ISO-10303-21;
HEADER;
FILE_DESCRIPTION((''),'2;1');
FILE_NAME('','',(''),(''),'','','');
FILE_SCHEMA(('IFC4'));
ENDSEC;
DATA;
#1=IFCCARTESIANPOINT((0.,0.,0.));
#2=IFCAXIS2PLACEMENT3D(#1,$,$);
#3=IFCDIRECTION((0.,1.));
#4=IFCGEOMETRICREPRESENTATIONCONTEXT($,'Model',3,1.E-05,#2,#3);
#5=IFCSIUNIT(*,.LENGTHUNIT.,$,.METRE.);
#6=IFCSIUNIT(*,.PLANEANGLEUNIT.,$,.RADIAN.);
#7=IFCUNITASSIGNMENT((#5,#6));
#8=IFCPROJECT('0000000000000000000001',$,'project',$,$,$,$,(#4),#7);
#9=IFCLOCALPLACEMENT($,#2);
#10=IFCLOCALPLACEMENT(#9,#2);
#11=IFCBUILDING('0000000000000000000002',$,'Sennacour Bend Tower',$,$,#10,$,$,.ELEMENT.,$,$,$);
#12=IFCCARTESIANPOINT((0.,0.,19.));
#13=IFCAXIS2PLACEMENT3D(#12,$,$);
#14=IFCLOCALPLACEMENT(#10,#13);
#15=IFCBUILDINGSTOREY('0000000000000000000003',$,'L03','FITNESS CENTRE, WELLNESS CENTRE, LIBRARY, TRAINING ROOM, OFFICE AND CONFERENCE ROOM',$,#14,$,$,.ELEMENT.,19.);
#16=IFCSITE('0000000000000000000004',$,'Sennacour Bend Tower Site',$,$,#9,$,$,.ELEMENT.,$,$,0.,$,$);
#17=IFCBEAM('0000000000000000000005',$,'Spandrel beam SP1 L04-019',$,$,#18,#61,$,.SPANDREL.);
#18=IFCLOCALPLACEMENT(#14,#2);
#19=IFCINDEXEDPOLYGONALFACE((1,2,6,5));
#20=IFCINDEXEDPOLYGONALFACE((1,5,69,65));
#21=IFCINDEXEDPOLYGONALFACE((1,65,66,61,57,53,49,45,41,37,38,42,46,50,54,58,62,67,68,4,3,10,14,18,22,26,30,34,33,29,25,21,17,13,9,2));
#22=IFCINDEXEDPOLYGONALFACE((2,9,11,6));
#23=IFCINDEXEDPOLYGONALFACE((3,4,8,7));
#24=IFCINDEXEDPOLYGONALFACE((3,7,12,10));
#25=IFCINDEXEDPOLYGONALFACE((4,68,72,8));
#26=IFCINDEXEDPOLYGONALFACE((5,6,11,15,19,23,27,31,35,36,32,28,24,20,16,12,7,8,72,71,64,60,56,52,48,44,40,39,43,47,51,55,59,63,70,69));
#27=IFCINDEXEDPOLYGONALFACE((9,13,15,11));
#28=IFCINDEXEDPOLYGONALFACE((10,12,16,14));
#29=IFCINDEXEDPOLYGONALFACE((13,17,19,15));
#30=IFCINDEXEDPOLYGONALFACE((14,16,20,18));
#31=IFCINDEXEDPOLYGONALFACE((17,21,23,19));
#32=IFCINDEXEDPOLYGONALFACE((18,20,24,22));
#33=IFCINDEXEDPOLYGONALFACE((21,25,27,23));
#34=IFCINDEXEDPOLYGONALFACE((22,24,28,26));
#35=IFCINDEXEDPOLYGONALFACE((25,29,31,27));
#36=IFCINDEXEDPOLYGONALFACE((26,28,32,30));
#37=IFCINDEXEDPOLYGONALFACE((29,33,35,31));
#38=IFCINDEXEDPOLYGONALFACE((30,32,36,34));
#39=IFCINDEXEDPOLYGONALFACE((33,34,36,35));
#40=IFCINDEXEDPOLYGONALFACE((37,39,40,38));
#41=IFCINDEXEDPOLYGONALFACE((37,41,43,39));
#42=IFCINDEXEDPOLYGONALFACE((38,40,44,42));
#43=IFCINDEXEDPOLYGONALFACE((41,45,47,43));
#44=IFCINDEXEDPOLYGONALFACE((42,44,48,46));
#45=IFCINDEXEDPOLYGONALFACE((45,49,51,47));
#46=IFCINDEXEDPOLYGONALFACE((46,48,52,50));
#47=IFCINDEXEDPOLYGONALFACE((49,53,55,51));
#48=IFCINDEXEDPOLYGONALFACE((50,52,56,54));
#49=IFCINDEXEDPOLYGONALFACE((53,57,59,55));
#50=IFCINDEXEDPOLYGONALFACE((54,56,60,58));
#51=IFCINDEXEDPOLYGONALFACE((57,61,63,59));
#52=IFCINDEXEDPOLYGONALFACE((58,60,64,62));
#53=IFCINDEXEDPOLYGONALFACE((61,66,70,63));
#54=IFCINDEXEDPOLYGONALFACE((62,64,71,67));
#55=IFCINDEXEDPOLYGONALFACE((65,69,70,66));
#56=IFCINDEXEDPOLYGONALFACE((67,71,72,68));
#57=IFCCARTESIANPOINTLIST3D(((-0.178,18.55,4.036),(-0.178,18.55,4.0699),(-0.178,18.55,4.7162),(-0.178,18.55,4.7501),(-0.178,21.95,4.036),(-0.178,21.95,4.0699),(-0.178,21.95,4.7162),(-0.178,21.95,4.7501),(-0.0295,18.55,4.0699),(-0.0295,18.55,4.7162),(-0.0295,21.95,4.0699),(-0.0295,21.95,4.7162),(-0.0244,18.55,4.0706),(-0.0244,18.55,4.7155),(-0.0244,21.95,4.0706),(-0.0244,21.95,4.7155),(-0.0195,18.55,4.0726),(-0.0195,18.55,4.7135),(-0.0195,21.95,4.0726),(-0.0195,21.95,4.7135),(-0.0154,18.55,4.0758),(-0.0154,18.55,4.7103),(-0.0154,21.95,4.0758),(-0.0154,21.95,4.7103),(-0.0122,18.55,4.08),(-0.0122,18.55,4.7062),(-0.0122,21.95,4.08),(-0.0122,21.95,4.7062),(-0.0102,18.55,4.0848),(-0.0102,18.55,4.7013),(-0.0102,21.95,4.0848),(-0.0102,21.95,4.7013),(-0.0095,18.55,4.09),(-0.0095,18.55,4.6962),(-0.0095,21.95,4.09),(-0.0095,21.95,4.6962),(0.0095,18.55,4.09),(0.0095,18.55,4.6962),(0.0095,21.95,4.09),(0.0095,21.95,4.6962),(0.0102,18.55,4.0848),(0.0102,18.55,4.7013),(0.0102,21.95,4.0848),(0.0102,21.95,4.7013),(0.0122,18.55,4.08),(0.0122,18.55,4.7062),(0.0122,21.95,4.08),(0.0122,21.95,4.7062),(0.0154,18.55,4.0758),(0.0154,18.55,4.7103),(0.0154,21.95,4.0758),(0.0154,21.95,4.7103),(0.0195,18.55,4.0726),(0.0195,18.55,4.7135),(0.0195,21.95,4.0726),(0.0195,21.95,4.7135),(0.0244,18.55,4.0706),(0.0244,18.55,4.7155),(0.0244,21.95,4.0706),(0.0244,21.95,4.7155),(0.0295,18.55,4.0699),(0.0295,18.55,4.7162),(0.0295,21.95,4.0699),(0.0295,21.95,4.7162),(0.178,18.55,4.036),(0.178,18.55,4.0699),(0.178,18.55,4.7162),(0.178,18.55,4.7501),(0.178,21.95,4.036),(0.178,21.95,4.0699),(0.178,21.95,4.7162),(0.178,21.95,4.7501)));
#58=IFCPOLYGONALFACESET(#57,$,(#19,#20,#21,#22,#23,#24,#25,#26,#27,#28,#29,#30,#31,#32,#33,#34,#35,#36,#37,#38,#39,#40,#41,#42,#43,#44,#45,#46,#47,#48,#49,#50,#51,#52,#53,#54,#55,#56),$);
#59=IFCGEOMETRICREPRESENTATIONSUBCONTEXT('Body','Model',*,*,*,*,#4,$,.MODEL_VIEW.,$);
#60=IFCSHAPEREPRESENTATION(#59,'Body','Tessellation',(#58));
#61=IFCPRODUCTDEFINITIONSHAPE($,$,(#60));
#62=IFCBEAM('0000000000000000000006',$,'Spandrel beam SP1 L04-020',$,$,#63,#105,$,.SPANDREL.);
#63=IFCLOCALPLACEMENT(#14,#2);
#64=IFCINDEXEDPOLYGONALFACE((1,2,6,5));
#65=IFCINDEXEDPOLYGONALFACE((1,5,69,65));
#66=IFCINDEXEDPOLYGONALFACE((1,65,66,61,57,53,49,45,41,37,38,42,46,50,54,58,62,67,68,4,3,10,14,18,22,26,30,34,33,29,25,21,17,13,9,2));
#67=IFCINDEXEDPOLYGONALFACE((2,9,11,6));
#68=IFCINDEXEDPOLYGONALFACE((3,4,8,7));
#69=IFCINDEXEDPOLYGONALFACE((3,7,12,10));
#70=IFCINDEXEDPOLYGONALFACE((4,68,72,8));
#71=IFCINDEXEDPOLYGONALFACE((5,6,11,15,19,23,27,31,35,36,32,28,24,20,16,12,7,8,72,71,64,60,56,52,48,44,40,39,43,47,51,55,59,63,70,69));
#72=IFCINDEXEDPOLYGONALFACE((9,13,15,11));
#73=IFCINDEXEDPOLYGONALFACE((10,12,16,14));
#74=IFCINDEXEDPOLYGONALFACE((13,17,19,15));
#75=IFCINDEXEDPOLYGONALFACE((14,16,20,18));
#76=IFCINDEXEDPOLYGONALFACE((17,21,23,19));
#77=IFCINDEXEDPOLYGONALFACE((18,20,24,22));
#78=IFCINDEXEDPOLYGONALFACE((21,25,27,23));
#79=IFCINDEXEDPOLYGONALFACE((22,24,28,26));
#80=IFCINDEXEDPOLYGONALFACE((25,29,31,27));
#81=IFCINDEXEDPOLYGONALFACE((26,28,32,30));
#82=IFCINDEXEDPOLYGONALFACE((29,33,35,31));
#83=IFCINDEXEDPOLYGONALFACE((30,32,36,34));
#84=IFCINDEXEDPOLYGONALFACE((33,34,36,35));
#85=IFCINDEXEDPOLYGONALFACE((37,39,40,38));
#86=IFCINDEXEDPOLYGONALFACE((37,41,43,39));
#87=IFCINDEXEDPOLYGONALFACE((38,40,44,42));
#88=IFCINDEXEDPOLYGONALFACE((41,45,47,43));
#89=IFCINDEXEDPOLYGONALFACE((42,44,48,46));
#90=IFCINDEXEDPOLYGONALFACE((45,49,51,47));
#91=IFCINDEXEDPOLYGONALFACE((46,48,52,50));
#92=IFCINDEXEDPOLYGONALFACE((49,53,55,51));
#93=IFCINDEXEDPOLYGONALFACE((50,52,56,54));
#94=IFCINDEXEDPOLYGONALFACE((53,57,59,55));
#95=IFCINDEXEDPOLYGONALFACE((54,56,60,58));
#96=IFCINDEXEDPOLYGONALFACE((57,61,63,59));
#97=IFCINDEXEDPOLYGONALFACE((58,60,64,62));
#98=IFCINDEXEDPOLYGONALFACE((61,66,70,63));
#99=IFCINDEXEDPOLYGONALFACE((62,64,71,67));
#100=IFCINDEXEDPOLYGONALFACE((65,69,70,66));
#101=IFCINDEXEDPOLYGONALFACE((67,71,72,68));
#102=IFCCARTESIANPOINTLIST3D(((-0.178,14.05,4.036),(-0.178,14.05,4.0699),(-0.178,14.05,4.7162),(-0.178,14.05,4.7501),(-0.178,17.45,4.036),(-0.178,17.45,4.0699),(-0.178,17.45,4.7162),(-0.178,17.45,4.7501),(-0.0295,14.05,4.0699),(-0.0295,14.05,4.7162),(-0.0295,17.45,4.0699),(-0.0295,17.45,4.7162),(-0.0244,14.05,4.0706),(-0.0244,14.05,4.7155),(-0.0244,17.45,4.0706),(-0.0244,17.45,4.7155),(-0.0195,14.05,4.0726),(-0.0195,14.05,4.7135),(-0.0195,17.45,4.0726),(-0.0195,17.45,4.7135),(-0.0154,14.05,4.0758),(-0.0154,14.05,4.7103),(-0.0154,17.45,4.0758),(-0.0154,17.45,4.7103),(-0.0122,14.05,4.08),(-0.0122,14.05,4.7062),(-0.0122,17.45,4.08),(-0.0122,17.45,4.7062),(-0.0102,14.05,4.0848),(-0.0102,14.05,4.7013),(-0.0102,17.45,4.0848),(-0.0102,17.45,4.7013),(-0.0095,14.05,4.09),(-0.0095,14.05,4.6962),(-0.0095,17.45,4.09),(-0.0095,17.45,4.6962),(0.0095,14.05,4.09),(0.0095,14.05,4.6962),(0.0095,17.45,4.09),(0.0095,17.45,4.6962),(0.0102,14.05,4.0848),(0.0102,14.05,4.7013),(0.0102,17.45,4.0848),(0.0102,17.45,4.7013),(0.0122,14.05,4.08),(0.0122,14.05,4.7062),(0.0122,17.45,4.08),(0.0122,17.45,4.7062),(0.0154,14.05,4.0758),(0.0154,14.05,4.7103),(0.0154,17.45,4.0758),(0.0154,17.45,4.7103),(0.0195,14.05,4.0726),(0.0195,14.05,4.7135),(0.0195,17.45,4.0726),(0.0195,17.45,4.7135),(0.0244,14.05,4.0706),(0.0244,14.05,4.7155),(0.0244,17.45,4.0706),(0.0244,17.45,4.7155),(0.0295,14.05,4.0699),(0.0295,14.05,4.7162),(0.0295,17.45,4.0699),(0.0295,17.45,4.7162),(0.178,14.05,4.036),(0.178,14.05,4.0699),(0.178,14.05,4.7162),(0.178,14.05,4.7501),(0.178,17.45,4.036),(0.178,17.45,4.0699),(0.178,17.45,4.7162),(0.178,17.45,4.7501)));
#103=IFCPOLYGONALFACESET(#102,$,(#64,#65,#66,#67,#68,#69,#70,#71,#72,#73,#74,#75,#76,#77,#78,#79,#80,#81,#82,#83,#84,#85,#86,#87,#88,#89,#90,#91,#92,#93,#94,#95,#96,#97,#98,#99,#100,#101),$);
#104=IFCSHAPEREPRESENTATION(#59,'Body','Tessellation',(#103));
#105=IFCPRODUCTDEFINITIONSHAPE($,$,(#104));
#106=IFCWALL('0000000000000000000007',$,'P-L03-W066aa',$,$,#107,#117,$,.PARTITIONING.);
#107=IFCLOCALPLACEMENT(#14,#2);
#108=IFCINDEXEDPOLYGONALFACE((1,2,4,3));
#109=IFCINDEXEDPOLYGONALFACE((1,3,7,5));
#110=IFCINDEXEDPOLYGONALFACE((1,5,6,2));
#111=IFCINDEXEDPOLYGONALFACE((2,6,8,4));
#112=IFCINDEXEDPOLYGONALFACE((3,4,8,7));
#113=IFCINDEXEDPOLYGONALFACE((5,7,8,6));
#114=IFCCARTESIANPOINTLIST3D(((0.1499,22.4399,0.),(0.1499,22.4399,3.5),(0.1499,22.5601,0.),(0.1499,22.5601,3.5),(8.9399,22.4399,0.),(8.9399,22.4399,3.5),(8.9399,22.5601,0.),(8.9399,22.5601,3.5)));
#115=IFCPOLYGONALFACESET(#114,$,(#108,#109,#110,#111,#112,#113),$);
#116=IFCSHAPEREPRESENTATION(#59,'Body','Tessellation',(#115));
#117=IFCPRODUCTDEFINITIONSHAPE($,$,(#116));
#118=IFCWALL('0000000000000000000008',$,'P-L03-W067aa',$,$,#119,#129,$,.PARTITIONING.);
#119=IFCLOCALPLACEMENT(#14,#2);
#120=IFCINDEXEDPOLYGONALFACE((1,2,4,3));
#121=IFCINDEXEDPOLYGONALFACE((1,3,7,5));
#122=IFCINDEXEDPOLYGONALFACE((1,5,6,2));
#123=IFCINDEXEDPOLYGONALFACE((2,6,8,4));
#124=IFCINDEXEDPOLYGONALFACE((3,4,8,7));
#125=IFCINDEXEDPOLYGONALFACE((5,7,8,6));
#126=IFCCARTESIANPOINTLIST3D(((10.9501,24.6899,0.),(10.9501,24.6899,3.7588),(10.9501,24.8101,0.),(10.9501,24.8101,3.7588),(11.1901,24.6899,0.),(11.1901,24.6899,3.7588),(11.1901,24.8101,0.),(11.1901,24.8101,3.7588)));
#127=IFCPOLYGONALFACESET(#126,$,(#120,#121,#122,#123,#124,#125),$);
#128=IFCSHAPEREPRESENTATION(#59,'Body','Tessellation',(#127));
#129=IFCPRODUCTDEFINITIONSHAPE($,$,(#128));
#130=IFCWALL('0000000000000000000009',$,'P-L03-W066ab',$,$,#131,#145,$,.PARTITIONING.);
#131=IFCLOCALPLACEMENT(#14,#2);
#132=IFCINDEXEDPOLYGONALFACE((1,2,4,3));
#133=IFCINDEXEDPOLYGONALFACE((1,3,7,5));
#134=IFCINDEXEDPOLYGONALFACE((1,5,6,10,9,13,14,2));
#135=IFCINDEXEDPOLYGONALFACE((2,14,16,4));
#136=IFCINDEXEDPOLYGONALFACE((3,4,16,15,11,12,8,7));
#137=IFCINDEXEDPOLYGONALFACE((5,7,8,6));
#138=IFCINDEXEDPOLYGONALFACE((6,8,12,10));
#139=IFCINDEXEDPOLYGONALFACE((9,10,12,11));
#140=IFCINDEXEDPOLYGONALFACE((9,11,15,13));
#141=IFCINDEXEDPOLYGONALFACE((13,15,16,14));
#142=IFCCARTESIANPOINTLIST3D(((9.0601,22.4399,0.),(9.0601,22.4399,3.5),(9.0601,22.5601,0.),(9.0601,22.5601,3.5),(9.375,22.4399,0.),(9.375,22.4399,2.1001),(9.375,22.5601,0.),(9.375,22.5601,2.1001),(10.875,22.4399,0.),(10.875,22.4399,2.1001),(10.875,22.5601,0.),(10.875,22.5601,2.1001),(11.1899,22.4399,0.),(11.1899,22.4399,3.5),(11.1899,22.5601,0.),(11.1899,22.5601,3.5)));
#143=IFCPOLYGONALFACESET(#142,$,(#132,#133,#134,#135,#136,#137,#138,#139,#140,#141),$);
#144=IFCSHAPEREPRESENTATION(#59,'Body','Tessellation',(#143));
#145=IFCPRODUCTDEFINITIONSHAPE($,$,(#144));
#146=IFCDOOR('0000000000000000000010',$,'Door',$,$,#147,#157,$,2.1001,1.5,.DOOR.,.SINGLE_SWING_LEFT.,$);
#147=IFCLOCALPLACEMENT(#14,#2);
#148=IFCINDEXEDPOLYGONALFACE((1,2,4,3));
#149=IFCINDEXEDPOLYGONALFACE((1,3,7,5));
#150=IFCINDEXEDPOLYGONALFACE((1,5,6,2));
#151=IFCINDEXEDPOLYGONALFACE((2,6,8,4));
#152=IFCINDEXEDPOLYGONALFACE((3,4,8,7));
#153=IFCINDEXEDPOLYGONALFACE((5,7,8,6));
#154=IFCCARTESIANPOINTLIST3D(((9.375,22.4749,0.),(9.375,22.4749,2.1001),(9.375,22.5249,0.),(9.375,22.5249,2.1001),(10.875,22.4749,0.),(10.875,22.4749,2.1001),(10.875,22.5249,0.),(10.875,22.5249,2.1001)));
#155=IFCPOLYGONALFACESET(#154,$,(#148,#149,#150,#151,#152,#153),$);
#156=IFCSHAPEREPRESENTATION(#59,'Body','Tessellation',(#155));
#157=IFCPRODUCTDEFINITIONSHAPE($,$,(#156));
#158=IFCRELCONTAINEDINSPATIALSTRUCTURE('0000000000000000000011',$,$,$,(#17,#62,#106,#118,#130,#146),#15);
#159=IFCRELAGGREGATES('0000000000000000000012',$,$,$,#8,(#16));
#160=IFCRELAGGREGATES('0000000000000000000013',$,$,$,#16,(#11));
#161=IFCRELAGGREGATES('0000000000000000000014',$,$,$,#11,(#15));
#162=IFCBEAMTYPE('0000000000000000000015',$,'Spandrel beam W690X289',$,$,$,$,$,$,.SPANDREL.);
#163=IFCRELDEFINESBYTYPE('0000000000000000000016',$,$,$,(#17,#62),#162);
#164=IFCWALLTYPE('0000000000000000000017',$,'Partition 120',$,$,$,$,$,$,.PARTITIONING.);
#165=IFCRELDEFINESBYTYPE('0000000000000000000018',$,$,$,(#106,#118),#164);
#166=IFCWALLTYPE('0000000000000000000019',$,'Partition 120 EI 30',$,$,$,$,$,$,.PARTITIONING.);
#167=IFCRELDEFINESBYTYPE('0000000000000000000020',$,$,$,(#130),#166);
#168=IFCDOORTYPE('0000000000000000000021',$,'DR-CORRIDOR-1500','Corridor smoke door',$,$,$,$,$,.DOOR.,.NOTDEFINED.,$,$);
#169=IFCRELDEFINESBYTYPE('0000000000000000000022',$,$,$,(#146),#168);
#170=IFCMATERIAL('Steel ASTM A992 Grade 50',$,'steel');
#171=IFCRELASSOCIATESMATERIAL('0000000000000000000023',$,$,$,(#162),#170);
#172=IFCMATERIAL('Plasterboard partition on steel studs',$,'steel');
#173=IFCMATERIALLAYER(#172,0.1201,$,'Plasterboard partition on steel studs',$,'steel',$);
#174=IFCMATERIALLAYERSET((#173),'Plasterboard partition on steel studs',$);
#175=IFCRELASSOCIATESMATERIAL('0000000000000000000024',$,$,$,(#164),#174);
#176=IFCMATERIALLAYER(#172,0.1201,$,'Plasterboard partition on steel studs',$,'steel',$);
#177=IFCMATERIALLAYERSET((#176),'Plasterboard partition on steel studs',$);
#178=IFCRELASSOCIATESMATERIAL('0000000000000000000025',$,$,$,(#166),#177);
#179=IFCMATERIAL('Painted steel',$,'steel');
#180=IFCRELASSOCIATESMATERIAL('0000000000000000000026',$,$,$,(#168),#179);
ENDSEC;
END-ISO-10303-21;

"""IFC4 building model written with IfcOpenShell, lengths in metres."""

from ifc_helpers import new_model, si_unit, direction, frame, frame_2d, origin, origin_2d, place, context, subcontext, project, spatial, rectangle, i_section, extrude, material, layer, layer_set, material_profile, profile_set, type_object, element, fill, save


model = new_model("IFC4")

# Units and contexts
model_context = context("Model", 3, precision=1e-05, world=origin(), true_north=direction((0.0, 1.0)))
body_context = subcontext(model_context, "Body", "Model", "MODEL_VIEW")
ifc_project = project(units=[si_unit("LENGTHUNIT", "METRE"), si_unit("PLANEANGLEUNIT", "RADIAN")], contexts=[model_context])

# Site, building, storey
site_placement = place(None, origin())
site = spatial("IfcSite", under=ifc_project, at=site_placement, Name="Sennacour Bend Tower Site", CompositionType="ELEMENT", RefElevation=0.0)
building_placement = place(site_placement, origin())
building = spatial("IfcBuilding", under=site, at=building_placement, Name="Sennacour Bend Tower", CompositionType="ELEMENT")
storey_placement = place(building_placement, frame((0.0, 0.0, 19.0)))
storey = spatial("IfcBuildingStorey", under=building, at=storey_placement, Name="L03", Description="FITNESS CENTRE, WELLNESS CENTRE, LIBRARY, TRAINING ROOM, OFFICE AND CONFERENCE ROOM", CompositionType="ELEMENT", Elevation=19.0)

# Beams
ifc_material_1 = material(Name="Steel ASTM A992 Grade 50", Category="steel")
ifc_material_profile_1 = material_profile(ifc_material_1, i_section(OverallWidth=0.356, OverallDepth=0.7141, WebThickness=0.019, FlangeThickness=0.0339, FilletRadius=0.02, at=origin_2d()), Name="Steel ASTM A992 Grade 50", Category="steel")
ifc_profile_set_1 = profile_set([ifc_material_profile_1], Name="Steel ASTM A992 Grade 50")
beam_type_1 = type_object("IfcBeamType", Name="Spandrel beam W690X289", PredefinedType="SPANDREL", material=ifc_profile_set_1)
for number, where, z_axis, x_axis, name in (
    (1, (0.0, 21.95, 4.3931), (0.0, -1.0, 0.0), (1.0, 0.0, 0.0), "Spandrel beam SP1 L04-019"),
    (2, (0.0, 17.45, 4.3931), (0.0, -1.0, 0.0), (1.0, 0.0, 0.0), "Spandrel beam SP1 L04-020"),
):
    element("IfcBeam", number, at=place(storey_placement, frame(where, z_axis=z_axis, x_axis=x_axis)), inside=storey, type_object=beam_type_1, Name=name, PredefinedType="SPANDREL", context=body_context, shape_type="SweptSolid", body=[
        extrude(i_section(OverallWidth=0.356, OverallDepth=0.7141, WebThickness=0.019, FlangeThickness=0.0339, FilletRadius=0.02, at=origin_2d()), origin(), (0.0, 0.0, 1.0), 3.3999),
    ])

# Walls
ifc_material_2 = material(Name="Plasterboard partition on steel studs", Category="steel")
ifc_layer_1 = layer(ifc_material_2, 0.1201, Name="Plasterboard partition on steel studs", Category="steel")
ifc_layer_set_1 = layer_set([ifc_layer_1], Name="Plasterboard partition on steel studs")
wall_type_1 = type_object("IfcWallType", Name="Partition 120", PredefinedType="PARTITIONING", material=ifc_layer_set_1)
wall_1_placement = place(storey_placement, frame((0.1499, 22.5, 0.0), z_axis=(0.0, 0.0, 1.0), x_axis=(1.0, 0.0, 0.0)))
element("IfcWall", 3, at=wall_1_placement, inside=storey, type_object=wall_type_1, Name="P-L03-W066aa", PredefinedType="PARTITIONING", context=body_context, shape_type="SweptSolid", body=[
    extrude(rectangle(XDim=8.79, YDim=0.1201, at=frame_2d((4.395, 0.0))), origin(), (0.0, 0.0, 1.0), 3.5),
])
wall_2_placement = place(storey_placement, frame((10.95, 24.75, 0.0), z_axis=(0.0, 0.0, 1.0), x_axis=(1.0, 0.0, 0.0)))
element("IfcWall", 4, at=wall_2_placement, inside=storey, type_object=wall_type_1, Name="P-L03-W067aa", PredefinedType="PARTITIONING", context=body_context, shape_type="SweptSolid", body=[
    extrude(rectangle(XDim=0.24, YDim=0.1201, at=frame_2d((0.1201, 0.0))), origin(), (0.0, 0.0, 1.0), 3.7588),
])

# Wall, opening, door
ifc_layer_2 = layer(ifc_material_2, 0.1201, Name="Plasterboard partition on steel studs", Category="steel")
ifc_layer_set_2 = layer_set([ifc_layer_2], Name="Plasterboard partition on steel studs")
wall_type_2 = type_object("IfcWallType", Name="Partition 120 EI 30", PredefinedType="PARTITIONING", material=ifc_layer_set_2)
wall_3_placement = place(storey_placement, frame((9.0601, 22.5, 0.0), z_axis=(0.0, 0.0, 1.0), x_axis=(1.0, 0.0, 0.0)))
wall_3 = element("IfcWall", 5, at=wall_3_placement, inside=storey, type_object=wall_type_2, Name="P-L03-W066ab", PredefinedType="PARTITIONING", context=body_context, shape_type="SweptSolid", body=[
    extrude(rectangle(XDim=2.1299, YDim=0.1201, at=frame_2d((1.0649, 0.0))), origin(), (0.0, 0.0, 1.0), 3.5),
])
opening_1_placement = place(wall_3_placement, frame((0.3149, 0.0, 0.0)))
opening_1 = element("IfcOpeningElement", 6, at=opening_1_placement, cuts=wall_3, PredefinedType="OPENING", context=body_context, shape_type="SweptSolid", body=[
    extrude(rectangle(XDim=1.5, YDim=2.1001, at=frame_2d((0.75, 1.05))), frame((0.0, 0.0701, 0.0), z_axis=(0.0, -1.0, 0.0), x_axis=(1.0, 0.0, 0.0)), (0.0, 0.0, 1.0), 0.1401),
])
ifc_material_3 = material(Name="Painted steel", Category="steel")
door_type = type_object("IfcDoorType", Name="DR-CORRIDOR-1500", Description="Corridor smoke door", OperationType="NOTDEFINED", PredefinedType="DOOR", material=ifc_material_3)
door_placement = place(opening_1_placement, origin())
door = element("IfcDoor", 7, at=door_placement, inside=storey, type_object=door_type, Name="Door", OperationType="SINGLE_SWING_LEFT", OverallHeight=2.1001, OverallWidth=1.5, PredefinedType="DOOR", context=body_context, shape_type="SweptSolid", body=[
    extrude(rectangle(XDim=1.5, YDim=2.1001, at=frame_2d((0.75, 1.05))), frame((0.0, 0.0249, 0.0), z_axis=(0.0, -1.0, 0.0), x_axis=(1.0, 0.0, 0.0)), (0.0, 0.0, 1.0), 0.05),
])
fill(opening_1, door)

save(model, "model.ifc")
